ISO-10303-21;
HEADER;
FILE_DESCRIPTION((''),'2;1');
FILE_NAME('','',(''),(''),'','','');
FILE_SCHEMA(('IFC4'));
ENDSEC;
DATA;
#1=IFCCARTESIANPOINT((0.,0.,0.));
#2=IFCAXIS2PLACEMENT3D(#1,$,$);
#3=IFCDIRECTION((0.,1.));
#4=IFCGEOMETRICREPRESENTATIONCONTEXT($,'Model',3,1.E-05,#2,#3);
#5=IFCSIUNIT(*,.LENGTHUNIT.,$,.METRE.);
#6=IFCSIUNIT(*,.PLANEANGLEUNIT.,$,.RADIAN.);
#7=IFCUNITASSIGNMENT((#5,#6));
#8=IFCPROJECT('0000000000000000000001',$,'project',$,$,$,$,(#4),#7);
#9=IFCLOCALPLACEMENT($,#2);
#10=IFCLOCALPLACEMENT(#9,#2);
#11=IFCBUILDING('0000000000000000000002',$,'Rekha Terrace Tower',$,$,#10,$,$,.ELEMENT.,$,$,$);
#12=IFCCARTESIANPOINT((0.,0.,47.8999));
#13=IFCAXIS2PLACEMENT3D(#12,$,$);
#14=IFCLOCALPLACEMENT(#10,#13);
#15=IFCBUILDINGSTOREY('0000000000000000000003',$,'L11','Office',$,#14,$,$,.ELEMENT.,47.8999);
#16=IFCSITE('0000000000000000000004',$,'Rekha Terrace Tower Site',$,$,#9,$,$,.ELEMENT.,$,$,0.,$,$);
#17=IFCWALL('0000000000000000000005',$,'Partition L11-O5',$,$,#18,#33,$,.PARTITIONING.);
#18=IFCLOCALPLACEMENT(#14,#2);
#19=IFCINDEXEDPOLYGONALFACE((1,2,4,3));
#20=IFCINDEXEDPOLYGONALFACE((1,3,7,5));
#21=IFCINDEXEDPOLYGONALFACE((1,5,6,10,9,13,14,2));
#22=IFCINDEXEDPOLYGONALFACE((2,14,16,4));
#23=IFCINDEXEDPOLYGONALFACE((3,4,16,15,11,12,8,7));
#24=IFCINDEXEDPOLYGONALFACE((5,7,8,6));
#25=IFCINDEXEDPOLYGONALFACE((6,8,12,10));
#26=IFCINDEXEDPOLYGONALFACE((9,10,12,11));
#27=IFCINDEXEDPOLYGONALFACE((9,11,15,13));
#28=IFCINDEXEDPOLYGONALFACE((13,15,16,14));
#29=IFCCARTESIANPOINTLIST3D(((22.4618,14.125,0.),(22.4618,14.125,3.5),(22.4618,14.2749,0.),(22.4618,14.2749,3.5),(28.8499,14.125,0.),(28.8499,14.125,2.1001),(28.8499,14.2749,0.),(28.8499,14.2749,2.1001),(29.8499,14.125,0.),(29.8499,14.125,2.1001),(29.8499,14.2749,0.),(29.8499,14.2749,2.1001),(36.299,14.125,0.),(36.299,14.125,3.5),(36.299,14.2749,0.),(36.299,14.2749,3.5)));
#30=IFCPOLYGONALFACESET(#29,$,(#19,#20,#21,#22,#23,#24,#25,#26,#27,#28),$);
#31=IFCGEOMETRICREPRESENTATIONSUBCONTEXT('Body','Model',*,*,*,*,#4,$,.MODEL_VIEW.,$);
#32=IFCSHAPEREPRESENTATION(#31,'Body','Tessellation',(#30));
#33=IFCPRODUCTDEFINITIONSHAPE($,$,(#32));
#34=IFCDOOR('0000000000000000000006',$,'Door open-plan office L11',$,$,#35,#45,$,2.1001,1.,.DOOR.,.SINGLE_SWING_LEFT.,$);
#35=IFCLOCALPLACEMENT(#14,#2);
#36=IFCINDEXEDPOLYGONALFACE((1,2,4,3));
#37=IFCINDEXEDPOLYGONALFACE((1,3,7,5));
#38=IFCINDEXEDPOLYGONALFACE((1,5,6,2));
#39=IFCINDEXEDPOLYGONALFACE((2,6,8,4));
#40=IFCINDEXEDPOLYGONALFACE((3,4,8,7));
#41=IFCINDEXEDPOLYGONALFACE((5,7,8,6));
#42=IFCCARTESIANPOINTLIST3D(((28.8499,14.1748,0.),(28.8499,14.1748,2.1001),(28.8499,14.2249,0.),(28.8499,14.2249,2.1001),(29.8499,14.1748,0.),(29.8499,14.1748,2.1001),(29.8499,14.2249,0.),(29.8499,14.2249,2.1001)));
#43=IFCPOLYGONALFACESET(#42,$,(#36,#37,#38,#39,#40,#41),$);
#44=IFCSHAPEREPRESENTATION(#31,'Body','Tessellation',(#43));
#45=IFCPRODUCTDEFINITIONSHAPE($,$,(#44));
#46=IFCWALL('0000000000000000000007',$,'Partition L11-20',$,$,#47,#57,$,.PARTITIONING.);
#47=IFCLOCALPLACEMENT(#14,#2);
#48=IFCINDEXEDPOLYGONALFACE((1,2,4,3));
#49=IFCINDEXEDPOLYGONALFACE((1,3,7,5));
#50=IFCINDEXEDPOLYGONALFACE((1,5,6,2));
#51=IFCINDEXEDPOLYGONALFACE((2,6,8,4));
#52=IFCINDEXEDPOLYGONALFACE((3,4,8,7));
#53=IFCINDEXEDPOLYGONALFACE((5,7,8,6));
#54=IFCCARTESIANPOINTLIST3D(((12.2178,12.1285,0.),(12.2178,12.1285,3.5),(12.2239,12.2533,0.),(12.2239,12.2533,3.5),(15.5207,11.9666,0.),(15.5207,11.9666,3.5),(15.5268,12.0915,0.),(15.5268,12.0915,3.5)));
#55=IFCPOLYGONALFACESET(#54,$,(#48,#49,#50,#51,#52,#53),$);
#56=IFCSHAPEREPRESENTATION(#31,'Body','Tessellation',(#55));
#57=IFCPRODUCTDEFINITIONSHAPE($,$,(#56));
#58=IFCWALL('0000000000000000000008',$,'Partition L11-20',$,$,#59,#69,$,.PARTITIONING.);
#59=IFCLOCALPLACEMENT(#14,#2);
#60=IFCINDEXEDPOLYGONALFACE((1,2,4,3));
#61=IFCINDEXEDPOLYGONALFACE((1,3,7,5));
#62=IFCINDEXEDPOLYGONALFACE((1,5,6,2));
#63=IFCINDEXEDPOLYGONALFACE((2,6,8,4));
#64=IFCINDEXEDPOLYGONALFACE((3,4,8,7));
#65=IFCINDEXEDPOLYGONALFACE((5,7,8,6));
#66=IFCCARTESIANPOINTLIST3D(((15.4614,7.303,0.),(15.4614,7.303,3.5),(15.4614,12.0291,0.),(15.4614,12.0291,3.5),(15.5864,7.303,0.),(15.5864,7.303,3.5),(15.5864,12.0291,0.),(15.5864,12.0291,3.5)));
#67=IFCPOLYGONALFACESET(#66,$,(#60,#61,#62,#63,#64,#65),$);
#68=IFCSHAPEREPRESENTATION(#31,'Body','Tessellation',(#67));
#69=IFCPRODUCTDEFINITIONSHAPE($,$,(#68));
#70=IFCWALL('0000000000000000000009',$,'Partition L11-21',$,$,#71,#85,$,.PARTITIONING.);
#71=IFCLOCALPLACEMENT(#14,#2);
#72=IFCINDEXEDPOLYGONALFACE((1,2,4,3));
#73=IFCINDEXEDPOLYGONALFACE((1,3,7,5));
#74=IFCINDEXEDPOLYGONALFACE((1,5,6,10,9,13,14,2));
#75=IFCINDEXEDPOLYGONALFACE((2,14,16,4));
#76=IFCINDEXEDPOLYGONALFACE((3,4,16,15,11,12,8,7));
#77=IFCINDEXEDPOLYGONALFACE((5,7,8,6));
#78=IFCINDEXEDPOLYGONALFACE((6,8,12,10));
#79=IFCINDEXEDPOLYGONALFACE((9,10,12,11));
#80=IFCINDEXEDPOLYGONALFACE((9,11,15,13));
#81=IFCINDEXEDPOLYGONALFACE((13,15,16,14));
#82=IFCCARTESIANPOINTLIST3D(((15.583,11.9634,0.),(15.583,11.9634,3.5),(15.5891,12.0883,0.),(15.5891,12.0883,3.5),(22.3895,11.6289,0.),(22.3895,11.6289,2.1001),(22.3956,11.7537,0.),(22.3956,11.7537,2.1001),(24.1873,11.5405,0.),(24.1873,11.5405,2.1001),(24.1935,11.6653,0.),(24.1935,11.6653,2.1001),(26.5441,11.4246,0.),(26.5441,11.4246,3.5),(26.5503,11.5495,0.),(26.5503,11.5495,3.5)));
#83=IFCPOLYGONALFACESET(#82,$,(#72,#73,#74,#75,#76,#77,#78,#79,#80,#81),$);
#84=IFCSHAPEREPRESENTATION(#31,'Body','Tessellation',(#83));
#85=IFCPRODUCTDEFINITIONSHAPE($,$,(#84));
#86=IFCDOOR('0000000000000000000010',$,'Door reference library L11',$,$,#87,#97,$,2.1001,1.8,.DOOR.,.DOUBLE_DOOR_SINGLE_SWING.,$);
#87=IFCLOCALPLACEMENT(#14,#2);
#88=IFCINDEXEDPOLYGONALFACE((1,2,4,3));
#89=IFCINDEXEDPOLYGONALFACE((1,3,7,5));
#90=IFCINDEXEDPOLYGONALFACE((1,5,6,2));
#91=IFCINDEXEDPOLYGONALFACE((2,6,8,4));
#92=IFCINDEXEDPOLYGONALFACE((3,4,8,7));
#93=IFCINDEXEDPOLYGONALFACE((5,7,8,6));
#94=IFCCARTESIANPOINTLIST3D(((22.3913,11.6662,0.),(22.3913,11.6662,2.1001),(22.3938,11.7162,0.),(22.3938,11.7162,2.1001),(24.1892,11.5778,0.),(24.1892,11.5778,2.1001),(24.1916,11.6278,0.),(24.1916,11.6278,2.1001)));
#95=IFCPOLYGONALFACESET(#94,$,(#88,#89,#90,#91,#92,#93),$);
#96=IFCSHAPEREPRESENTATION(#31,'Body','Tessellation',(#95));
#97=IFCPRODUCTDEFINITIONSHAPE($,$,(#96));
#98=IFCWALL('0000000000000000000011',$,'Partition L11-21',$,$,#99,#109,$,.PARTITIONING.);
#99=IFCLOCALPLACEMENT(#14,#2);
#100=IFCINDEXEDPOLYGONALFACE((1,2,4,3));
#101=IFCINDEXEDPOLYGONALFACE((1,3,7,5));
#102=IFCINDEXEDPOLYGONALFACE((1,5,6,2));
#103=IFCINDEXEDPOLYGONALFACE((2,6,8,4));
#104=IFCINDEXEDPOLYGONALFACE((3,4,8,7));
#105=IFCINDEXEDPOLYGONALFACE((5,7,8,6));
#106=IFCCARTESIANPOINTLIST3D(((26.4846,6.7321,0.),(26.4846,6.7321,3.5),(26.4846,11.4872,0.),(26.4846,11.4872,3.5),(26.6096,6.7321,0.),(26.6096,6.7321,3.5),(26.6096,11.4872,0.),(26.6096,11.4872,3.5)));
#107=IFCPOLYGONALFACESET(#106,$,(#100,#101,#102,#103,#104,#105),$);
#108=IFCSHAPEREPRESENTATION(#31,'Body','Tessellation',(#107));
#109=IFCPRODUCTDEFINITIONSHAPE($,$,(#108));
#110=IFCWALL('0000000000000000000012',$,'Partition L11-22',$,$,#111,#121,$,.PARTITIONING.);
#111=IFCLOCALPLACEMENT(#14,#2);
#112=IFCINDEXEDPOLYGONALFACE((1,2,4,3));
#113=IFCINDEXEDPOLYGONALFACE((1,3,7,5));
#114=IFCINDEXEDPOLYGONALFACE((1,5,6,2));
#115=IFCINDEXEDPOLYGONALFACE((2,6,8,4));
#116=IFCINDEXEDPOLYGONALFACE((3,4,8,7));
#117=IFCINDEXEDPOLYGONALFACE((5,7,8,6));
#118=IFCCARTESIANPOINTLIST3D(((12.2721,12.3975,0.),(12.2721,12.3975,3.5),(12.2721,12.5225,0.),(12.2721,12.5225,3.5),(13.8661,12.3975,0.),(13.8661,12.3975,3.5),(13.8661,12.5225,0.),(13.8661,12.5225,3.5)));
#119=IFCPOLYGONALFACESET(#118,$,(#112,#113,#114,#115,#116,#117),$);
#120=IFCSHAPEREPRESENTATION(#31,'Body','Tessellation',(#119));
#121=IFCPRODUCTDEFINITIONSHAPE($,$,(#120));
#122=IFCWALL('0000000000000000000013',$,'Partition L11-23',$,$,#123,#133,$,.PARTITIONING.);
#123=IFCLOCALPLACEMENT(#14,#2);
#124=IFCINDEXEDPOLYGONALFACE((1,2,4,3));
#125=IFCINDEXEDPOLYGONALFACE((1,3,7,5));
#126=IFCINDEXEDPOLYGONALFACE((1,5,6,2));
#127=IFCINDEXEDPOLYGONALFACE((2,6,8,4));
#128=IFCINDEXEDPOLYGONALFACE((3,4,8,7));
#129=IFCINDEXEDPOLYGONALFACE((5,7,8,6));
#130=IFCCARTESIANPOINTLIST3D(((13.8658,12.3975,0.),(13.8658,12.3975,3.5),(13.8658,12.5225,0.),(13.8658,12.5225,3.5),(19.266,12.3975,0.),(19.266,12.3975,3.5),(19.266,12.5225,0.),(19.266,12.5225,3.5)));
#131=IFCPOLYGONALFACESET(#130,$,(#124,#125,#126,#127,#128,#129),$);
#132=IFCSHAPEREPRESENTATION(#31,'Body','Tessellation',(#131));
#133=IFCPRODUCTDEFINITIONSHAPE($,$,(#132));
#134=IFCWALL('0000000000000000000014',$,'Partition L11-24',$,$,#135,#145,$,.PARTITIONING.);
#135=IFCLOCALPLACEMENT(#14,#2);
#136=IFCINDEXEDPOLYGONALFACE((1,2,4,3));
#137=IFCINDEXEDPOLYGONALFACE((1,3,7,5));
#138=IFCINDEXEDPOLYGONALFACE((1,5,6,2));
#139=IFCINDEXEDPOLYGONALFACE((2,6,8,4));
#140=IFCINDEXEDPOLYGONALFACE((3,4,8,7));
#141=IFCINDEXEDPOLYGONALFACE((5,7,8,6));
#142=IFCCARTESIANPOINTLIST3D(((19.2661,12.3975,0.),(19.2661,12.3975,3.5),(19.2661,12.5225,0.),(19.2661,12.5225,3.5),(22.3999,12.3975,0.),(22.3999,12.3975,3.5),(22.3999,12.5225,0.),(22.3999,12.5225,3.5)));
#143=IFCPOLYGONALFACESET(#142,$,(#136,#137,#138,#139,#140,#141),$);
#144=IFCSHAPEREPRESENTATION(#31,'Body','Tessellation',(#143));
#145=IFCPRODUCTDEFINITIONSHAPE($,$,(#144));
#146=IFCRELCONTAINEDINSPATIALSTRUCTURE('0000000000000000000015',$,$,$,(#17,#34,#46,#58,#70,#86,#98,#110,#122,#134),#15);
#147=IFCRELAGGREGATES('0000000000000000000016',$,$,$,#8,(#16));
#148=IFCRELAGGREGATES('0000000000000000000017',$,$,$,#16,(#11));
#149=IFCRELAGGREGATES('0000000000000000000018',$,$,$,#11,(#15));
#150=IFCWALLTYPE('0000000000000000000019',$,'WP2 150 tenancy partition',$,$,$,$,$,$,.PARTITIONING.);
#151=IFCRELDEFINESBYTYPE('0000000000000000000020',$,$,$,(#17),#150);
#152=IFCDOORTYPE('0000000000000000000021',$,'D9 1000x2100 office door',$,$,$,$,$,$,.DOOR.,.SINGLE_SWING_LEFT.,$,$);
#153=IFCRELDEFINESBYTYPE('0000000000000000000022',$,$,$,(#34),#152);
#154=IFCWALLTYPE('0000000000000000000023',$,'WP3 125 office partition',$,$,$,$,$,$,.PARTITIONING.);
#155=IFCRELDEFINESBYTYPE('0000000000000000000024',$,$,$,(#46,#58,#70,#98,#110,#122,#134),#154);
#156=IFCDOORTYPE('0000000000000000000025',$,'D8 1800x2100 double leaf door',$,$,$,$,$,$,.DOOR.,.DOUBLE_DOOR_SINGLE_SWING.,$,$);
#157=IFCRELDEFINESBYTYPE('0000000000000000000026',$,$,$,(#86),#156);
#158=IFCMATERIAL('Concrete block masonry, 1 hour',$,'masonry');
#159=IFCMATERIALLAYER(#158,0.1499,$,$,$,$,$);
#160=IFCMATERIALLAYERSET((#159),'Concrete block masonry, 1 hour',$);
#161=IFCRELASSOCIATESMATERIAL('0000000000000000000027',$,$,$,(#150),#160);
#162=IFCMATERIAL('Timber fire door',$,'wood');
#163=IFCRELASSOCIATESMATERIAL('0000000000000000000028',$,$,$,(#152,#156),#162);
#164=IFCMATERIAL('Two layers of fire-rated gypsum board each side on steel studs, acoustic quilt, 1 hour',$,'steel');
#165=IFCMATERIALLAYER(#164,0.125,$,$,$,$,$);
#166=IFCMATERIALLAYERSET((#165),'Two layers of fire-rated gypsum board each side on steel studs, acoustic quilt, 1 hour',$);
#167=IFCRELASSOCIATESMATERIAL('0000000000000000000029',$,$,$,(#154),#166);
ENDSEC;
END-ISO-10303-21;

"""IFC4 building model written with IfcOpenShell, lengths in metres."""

from ifc_helpers import new_model, si_unit, direction, frame, frame_2d, origin, place, context, subcontext, project, spatial, rectangle, extrude, material, layer, layer_set, type_object, element, fill, save


model = new_model("IFC4")

# Units and contexts
model_context = context("Model", 3, precision=1e-05, world=origin(), true_north=direction((0.0, 1.0)))
body_context = subcontext(model_context, "Body", "Model", "MODEL_VIEW")
ifc_project = project(units=[si_unit("LENGTHUNIT", "METRE"), si_unit("PLANEANGLEUNIT", "RADIAN")], contexts=[model_context])

# Site, building, storey
site_placement = place(None, origin())
site = spatial("IfcSite", under=ifc_project, at=site_placement, Name="Rekha Terrace Tower Site", CompositionType="ELEMENT", RefElevation=0.0)
building_placement = place(site_placement, origin())
building = spatial("IfcBuilding", under=site, at=building_placement, Name="Rekha Terrace Tower", CompositionType="ELEMENT")
storey_placement = place(building_placement, frame((0.0, 0.0, 47.8999)))
storey = spatial("IfcBuildingStorey", under=building, at=storey_placement, Name="L11", Description="Office", CompositionType="ELEMENT", Elevation=47.8999)

# Wall, opening, door
ifc_material_1 = material(Name="Concrete block masonry, 1 hour", Category="masonry")
ifc_layer_1 = layer(ifc_material_1, 0.1499)
ifc_layer_set_1 = layer_set([ifc_layer_1], Name="Concrete block masonry, 1 hour")
wall_type_1 = type_object("IfcWallType", Name="WP2 150 tenancy partition", PredefinedType="PARTITIONING", material=ifc_layer_set_1)
wall_1_placement = place(storey_placement, frame((22.4619, 14.2, 0.0), z_axis=(0.0, 0.0, 1.0), x_axis=(1.0, 0.0, 0.0)))
wall_1 = element("IfcWall", 1, at=wall_1_placement, inside=storey, type_object=wall_type_1, Name="Partition L11-O5", PredefinedType="PARTITIONING", context=body_context, shape_type="SweptSolid", body=[
    extrude(rectangle(XDim=13.8372, YDim=0.1499, at=frame_2d((6.9185, 0.0))), origin(), (0.0, 0.0, 1.0), 3.5),
])
opening_1_placement = place(wall_1_placement, frame((6.3879, 0.0, 0.0)))
opening_1 = element("IfcOpeningElement", 2, at=opening_1_placement, cuts=wall_1, PredefinedType="OPENING", context=body_context, shape_type="SweptSolid", body=[
    extrude(rectangle(XDim=1.0, YDim=2.1001, at=frame_2d((0.5, 1.05))), frame((0.0, 0.085, 0.0), z_axis=(0.0, -1.0, 0.0), x_axis=(1.0, 0.0, 0.0)), (0.0, 0.0, 1.0), 0.1699),
])
ifc_material_2 = material(Name="Timber fire door", Category="wood")
door_type_1 = type_object("IfcDoorType", Name="D9 1000x2100 office door", OperationType="SINGLE_SWING_LEFT", PredefinedType="DOOR", material=ifc_material_2)
door_1_placement = place(opening_1_placement, origin())
door_1 = element("IfcDoor", 3, at=door_1_placement, inside=storey, type_object=door_type_1, Name="Door open-plan office L11", OperationType="SINGLE_SWING_LEFT", OverallHeight=2.1001, OverallWidth=1.0, PredefinedType="DOOR", context=body_context, shape_type="SweptSolid", body=[
    extrude(rectangle(XDim=1.0, YDim=2.1001, at=frame_2d((0.5, 1.05))), frame((0.0, 0.0249, 0.0), z_axis=(0.0, -1.0, 0.0), x_axis=(1.0, 0.0, 0.0)), (0.0, 0.0, 1.0), 0.05),
])
fill(opening_1, door_1)

# Walls
ifc_material_3 = material(Name="Two layers of fire-rated gypsum board each side on steel studs, acoustic quilt, 1 hour", Category="steel")
ifc_layer_2 = layer(ifc_material_3, 0.125)
ifc_layer_set_2 = layer_set([ifc_layer_2], Name="Two layers of fire-rated gypsum board each side on steel studs, acoustic quilt, 1 hour")
wall_type_2 = type_object("IfcWallType", Name="WP3 125 office partition", PredefinedType="PARTITIONING", material=ifc_layer_set_2)
wall_2_placement = place(storey_placement, frame((12.2209, 12.1909, 0.0), z_axis=(0.0, 0.0, 1.0), x_axis=(0.998801, -0.048947, 0.0)))
element("IfcWall", 4, at=wall_2_placement, inside=storey, type_object=wall_type_2, Name="Partition L11-20", PredefinedType="PARTITIONING", context=body_context, shape_type="SweptSolid", body=[
    extrude(rectangle(XDim=3.3069, YDim=0.125, at=frame_2d((1.6533, 0.0))), origin(), (0.0, 0.0, 1.0), 3.5),
])
wall_3_placement = place(storey_placement, frame((15.5239, 12.0291, 0.0), z_axis=(0.0, 0.0, 1.0), x_axis=(0.0, -1.0, 0.0)))
element("IfcWall", 5, at=wall_3_placement, inside=storey, type_object=wall_type_2, Name="Partition L11-20", PredefinedType="PARTITIONING", context=body_context, shape_type="SweptSolid", body=[
    extrude(rectangle(XDim=4.7261, YDim=0.125, at=frame_2d((2.363, 0.0))), origin(), (0.0, 0.0, 1.0), 3.5),
])

# Wall, opening, door
wall_4_placement = place(storey_placement, frame((15.5859, 12.0259, 0.0), z_axis=(0.0, 0.0, 1.0), x_axis=(0.998794, -0.049098, 0.0)))
wall_4 = element("IfcWall", 6, at=wall_4_placement, inside=storey, type_object=wall_type_2, Name="Partition L11-21", PredefinedType="PARTITIONING", context=body_context, shape_type="SweptSolid", body=[
    extrude(rectangle(XDim=10.9744, YDim=0.125, at=frame_2d((5.4873, 0.0))), origin(), (0.0, 0.0, 1.0), 3.5),
])
opening_2_placement = place(wall_4_placement, frame((6.8149, 0.0, 0.0)))
opening_2 = element("IfcOpeningElement", 7, at=opening_2_placement, cuts=wall_4, PredefinedType="OPENING", context=body_context, shape_type="SweptSolid", body=[
    extrude(rectangle(XDim=1.8, YDim=2.1001, at=frame_2d((0.8999, 1.05))), frame((0.0, 0.0725, 0.0), z_axis=(0.0, -1.0, 0.0), x_axis=(1.0, 0.0, 0.0)), (0.0, 0.0, 1.0), 0.145),
])
door_type_2 = type_object("IfcDoorType", Name="D8 1800x2100 double leaf door", OperationType="DOUBLE_DOOR_SINGLE_SWING", PredefinedType="DOOR", material=ifc_material_2)
door_2_placement = place(opening_2_placement, origin())
door_2 = element("IfcDoor", 8, at=door_2_placement, inside=storey, type_object=door_type_2, Name="Door reference library L11", OperationType="DOUBLE_DOOR_SINGLE_SWING", OverallHeight=2.1001, OverallWidth=1.8, PredefinedType="DOOR", context=body_context, shape_type="SweptSolid", body=[
    extrude(rectangle(XDim=1.8, YDim=2.1001, at=frame_2d((0.8999, 1.05))), frame((0.0, 0.0249, 0.0), z_axis=(0.0, -1.0, 0.0), x_axis=(1.0, 0.0, 0.0)), (0.0, 0.0, 1.0), 0.05),
])
fill(opening_2, door_2)

# Walls
wall_5_placement = place(storey_placement, frame((26.5471, 11.4871, 0.0), z_axis=(0.0, 0.0, 1.0), x_axis=(0.0, -1.0, 0.0)))
element("IfcWall", 9, at=wall_5_placement, inside=storey, type_object=wall_type_2, Name="Partition L11-21", PredefinedType="PARTITIONING", context=body_context, shape_type="SweptSolid", body=[
    extrude(rectangle(XDim=4.7551, YDim=0.125, at=frame_2d((2.3774, 0.0))), origin(), (0.0, 0.0, 1.0), 3.5),
])
wall_6_placement = place(storey_placement, frame((13.866, 12.46, 0.0), z_axis=(0.0, 0.0, 1.0), x_axis=(-1.0, 0.0, 0.0)))
element("IfcWall", 10, at=wall_6_placement, inside=storey, type_object=wall_type_2, Name="Partition L11-22", PredefinedType="PARTITIONING", context=body_context, shape_type="SweptSolid", body=[
    extrude(rectangle(XDim=1.594, YDim=0.125, at=frame_2d((0.7969, 0.0))), origin(), (0.0, 0.0, 1.0), 3.5),
])
wall_7_placement = place(storey_placement, frame((19.2661, 12.46, 0.0), z_axis=(0.0, 0.0, 1.0), x_axis=(-1.0, 0.0, 0.0)))
element("IfcWall", 11, at=wall_7_placement, inside=storey, type_object=wall_type_2, Name="Partition L11-23", PredefinedType="PARTITIONING", context=body_context, shape_type="SweptSolid", body=[
    extrude(rectangle(XDim=5.4001, YDim=0.125, at=frame_2d((2.7002, 0.0))), origin(), (0.0, 0.0, 1.0), 3.5),
])
wall_8_placement = place(storey_placement, frame((22.3999, 12.46, 0.0), z_axis=(0.0, 0.0, 1.0), x_axis=(-1.0, 0.0, 0.0)))
element("IfcWall", 12, at=wall_8_placement, inside=storey, type_object=wall_type_2, Name="Partition L11-24", PredefinedType="PARTITIONING", context=body_context, shape_type="SweptSolid", body=[
    extrude(rectangle(XDim=3.1338, YDim=0.125, at=frame_2d((1.5669, 0.0))), origin(), (0.0, 0.0, 1.0), 3.5),
])

save(model, "model.ifc")
